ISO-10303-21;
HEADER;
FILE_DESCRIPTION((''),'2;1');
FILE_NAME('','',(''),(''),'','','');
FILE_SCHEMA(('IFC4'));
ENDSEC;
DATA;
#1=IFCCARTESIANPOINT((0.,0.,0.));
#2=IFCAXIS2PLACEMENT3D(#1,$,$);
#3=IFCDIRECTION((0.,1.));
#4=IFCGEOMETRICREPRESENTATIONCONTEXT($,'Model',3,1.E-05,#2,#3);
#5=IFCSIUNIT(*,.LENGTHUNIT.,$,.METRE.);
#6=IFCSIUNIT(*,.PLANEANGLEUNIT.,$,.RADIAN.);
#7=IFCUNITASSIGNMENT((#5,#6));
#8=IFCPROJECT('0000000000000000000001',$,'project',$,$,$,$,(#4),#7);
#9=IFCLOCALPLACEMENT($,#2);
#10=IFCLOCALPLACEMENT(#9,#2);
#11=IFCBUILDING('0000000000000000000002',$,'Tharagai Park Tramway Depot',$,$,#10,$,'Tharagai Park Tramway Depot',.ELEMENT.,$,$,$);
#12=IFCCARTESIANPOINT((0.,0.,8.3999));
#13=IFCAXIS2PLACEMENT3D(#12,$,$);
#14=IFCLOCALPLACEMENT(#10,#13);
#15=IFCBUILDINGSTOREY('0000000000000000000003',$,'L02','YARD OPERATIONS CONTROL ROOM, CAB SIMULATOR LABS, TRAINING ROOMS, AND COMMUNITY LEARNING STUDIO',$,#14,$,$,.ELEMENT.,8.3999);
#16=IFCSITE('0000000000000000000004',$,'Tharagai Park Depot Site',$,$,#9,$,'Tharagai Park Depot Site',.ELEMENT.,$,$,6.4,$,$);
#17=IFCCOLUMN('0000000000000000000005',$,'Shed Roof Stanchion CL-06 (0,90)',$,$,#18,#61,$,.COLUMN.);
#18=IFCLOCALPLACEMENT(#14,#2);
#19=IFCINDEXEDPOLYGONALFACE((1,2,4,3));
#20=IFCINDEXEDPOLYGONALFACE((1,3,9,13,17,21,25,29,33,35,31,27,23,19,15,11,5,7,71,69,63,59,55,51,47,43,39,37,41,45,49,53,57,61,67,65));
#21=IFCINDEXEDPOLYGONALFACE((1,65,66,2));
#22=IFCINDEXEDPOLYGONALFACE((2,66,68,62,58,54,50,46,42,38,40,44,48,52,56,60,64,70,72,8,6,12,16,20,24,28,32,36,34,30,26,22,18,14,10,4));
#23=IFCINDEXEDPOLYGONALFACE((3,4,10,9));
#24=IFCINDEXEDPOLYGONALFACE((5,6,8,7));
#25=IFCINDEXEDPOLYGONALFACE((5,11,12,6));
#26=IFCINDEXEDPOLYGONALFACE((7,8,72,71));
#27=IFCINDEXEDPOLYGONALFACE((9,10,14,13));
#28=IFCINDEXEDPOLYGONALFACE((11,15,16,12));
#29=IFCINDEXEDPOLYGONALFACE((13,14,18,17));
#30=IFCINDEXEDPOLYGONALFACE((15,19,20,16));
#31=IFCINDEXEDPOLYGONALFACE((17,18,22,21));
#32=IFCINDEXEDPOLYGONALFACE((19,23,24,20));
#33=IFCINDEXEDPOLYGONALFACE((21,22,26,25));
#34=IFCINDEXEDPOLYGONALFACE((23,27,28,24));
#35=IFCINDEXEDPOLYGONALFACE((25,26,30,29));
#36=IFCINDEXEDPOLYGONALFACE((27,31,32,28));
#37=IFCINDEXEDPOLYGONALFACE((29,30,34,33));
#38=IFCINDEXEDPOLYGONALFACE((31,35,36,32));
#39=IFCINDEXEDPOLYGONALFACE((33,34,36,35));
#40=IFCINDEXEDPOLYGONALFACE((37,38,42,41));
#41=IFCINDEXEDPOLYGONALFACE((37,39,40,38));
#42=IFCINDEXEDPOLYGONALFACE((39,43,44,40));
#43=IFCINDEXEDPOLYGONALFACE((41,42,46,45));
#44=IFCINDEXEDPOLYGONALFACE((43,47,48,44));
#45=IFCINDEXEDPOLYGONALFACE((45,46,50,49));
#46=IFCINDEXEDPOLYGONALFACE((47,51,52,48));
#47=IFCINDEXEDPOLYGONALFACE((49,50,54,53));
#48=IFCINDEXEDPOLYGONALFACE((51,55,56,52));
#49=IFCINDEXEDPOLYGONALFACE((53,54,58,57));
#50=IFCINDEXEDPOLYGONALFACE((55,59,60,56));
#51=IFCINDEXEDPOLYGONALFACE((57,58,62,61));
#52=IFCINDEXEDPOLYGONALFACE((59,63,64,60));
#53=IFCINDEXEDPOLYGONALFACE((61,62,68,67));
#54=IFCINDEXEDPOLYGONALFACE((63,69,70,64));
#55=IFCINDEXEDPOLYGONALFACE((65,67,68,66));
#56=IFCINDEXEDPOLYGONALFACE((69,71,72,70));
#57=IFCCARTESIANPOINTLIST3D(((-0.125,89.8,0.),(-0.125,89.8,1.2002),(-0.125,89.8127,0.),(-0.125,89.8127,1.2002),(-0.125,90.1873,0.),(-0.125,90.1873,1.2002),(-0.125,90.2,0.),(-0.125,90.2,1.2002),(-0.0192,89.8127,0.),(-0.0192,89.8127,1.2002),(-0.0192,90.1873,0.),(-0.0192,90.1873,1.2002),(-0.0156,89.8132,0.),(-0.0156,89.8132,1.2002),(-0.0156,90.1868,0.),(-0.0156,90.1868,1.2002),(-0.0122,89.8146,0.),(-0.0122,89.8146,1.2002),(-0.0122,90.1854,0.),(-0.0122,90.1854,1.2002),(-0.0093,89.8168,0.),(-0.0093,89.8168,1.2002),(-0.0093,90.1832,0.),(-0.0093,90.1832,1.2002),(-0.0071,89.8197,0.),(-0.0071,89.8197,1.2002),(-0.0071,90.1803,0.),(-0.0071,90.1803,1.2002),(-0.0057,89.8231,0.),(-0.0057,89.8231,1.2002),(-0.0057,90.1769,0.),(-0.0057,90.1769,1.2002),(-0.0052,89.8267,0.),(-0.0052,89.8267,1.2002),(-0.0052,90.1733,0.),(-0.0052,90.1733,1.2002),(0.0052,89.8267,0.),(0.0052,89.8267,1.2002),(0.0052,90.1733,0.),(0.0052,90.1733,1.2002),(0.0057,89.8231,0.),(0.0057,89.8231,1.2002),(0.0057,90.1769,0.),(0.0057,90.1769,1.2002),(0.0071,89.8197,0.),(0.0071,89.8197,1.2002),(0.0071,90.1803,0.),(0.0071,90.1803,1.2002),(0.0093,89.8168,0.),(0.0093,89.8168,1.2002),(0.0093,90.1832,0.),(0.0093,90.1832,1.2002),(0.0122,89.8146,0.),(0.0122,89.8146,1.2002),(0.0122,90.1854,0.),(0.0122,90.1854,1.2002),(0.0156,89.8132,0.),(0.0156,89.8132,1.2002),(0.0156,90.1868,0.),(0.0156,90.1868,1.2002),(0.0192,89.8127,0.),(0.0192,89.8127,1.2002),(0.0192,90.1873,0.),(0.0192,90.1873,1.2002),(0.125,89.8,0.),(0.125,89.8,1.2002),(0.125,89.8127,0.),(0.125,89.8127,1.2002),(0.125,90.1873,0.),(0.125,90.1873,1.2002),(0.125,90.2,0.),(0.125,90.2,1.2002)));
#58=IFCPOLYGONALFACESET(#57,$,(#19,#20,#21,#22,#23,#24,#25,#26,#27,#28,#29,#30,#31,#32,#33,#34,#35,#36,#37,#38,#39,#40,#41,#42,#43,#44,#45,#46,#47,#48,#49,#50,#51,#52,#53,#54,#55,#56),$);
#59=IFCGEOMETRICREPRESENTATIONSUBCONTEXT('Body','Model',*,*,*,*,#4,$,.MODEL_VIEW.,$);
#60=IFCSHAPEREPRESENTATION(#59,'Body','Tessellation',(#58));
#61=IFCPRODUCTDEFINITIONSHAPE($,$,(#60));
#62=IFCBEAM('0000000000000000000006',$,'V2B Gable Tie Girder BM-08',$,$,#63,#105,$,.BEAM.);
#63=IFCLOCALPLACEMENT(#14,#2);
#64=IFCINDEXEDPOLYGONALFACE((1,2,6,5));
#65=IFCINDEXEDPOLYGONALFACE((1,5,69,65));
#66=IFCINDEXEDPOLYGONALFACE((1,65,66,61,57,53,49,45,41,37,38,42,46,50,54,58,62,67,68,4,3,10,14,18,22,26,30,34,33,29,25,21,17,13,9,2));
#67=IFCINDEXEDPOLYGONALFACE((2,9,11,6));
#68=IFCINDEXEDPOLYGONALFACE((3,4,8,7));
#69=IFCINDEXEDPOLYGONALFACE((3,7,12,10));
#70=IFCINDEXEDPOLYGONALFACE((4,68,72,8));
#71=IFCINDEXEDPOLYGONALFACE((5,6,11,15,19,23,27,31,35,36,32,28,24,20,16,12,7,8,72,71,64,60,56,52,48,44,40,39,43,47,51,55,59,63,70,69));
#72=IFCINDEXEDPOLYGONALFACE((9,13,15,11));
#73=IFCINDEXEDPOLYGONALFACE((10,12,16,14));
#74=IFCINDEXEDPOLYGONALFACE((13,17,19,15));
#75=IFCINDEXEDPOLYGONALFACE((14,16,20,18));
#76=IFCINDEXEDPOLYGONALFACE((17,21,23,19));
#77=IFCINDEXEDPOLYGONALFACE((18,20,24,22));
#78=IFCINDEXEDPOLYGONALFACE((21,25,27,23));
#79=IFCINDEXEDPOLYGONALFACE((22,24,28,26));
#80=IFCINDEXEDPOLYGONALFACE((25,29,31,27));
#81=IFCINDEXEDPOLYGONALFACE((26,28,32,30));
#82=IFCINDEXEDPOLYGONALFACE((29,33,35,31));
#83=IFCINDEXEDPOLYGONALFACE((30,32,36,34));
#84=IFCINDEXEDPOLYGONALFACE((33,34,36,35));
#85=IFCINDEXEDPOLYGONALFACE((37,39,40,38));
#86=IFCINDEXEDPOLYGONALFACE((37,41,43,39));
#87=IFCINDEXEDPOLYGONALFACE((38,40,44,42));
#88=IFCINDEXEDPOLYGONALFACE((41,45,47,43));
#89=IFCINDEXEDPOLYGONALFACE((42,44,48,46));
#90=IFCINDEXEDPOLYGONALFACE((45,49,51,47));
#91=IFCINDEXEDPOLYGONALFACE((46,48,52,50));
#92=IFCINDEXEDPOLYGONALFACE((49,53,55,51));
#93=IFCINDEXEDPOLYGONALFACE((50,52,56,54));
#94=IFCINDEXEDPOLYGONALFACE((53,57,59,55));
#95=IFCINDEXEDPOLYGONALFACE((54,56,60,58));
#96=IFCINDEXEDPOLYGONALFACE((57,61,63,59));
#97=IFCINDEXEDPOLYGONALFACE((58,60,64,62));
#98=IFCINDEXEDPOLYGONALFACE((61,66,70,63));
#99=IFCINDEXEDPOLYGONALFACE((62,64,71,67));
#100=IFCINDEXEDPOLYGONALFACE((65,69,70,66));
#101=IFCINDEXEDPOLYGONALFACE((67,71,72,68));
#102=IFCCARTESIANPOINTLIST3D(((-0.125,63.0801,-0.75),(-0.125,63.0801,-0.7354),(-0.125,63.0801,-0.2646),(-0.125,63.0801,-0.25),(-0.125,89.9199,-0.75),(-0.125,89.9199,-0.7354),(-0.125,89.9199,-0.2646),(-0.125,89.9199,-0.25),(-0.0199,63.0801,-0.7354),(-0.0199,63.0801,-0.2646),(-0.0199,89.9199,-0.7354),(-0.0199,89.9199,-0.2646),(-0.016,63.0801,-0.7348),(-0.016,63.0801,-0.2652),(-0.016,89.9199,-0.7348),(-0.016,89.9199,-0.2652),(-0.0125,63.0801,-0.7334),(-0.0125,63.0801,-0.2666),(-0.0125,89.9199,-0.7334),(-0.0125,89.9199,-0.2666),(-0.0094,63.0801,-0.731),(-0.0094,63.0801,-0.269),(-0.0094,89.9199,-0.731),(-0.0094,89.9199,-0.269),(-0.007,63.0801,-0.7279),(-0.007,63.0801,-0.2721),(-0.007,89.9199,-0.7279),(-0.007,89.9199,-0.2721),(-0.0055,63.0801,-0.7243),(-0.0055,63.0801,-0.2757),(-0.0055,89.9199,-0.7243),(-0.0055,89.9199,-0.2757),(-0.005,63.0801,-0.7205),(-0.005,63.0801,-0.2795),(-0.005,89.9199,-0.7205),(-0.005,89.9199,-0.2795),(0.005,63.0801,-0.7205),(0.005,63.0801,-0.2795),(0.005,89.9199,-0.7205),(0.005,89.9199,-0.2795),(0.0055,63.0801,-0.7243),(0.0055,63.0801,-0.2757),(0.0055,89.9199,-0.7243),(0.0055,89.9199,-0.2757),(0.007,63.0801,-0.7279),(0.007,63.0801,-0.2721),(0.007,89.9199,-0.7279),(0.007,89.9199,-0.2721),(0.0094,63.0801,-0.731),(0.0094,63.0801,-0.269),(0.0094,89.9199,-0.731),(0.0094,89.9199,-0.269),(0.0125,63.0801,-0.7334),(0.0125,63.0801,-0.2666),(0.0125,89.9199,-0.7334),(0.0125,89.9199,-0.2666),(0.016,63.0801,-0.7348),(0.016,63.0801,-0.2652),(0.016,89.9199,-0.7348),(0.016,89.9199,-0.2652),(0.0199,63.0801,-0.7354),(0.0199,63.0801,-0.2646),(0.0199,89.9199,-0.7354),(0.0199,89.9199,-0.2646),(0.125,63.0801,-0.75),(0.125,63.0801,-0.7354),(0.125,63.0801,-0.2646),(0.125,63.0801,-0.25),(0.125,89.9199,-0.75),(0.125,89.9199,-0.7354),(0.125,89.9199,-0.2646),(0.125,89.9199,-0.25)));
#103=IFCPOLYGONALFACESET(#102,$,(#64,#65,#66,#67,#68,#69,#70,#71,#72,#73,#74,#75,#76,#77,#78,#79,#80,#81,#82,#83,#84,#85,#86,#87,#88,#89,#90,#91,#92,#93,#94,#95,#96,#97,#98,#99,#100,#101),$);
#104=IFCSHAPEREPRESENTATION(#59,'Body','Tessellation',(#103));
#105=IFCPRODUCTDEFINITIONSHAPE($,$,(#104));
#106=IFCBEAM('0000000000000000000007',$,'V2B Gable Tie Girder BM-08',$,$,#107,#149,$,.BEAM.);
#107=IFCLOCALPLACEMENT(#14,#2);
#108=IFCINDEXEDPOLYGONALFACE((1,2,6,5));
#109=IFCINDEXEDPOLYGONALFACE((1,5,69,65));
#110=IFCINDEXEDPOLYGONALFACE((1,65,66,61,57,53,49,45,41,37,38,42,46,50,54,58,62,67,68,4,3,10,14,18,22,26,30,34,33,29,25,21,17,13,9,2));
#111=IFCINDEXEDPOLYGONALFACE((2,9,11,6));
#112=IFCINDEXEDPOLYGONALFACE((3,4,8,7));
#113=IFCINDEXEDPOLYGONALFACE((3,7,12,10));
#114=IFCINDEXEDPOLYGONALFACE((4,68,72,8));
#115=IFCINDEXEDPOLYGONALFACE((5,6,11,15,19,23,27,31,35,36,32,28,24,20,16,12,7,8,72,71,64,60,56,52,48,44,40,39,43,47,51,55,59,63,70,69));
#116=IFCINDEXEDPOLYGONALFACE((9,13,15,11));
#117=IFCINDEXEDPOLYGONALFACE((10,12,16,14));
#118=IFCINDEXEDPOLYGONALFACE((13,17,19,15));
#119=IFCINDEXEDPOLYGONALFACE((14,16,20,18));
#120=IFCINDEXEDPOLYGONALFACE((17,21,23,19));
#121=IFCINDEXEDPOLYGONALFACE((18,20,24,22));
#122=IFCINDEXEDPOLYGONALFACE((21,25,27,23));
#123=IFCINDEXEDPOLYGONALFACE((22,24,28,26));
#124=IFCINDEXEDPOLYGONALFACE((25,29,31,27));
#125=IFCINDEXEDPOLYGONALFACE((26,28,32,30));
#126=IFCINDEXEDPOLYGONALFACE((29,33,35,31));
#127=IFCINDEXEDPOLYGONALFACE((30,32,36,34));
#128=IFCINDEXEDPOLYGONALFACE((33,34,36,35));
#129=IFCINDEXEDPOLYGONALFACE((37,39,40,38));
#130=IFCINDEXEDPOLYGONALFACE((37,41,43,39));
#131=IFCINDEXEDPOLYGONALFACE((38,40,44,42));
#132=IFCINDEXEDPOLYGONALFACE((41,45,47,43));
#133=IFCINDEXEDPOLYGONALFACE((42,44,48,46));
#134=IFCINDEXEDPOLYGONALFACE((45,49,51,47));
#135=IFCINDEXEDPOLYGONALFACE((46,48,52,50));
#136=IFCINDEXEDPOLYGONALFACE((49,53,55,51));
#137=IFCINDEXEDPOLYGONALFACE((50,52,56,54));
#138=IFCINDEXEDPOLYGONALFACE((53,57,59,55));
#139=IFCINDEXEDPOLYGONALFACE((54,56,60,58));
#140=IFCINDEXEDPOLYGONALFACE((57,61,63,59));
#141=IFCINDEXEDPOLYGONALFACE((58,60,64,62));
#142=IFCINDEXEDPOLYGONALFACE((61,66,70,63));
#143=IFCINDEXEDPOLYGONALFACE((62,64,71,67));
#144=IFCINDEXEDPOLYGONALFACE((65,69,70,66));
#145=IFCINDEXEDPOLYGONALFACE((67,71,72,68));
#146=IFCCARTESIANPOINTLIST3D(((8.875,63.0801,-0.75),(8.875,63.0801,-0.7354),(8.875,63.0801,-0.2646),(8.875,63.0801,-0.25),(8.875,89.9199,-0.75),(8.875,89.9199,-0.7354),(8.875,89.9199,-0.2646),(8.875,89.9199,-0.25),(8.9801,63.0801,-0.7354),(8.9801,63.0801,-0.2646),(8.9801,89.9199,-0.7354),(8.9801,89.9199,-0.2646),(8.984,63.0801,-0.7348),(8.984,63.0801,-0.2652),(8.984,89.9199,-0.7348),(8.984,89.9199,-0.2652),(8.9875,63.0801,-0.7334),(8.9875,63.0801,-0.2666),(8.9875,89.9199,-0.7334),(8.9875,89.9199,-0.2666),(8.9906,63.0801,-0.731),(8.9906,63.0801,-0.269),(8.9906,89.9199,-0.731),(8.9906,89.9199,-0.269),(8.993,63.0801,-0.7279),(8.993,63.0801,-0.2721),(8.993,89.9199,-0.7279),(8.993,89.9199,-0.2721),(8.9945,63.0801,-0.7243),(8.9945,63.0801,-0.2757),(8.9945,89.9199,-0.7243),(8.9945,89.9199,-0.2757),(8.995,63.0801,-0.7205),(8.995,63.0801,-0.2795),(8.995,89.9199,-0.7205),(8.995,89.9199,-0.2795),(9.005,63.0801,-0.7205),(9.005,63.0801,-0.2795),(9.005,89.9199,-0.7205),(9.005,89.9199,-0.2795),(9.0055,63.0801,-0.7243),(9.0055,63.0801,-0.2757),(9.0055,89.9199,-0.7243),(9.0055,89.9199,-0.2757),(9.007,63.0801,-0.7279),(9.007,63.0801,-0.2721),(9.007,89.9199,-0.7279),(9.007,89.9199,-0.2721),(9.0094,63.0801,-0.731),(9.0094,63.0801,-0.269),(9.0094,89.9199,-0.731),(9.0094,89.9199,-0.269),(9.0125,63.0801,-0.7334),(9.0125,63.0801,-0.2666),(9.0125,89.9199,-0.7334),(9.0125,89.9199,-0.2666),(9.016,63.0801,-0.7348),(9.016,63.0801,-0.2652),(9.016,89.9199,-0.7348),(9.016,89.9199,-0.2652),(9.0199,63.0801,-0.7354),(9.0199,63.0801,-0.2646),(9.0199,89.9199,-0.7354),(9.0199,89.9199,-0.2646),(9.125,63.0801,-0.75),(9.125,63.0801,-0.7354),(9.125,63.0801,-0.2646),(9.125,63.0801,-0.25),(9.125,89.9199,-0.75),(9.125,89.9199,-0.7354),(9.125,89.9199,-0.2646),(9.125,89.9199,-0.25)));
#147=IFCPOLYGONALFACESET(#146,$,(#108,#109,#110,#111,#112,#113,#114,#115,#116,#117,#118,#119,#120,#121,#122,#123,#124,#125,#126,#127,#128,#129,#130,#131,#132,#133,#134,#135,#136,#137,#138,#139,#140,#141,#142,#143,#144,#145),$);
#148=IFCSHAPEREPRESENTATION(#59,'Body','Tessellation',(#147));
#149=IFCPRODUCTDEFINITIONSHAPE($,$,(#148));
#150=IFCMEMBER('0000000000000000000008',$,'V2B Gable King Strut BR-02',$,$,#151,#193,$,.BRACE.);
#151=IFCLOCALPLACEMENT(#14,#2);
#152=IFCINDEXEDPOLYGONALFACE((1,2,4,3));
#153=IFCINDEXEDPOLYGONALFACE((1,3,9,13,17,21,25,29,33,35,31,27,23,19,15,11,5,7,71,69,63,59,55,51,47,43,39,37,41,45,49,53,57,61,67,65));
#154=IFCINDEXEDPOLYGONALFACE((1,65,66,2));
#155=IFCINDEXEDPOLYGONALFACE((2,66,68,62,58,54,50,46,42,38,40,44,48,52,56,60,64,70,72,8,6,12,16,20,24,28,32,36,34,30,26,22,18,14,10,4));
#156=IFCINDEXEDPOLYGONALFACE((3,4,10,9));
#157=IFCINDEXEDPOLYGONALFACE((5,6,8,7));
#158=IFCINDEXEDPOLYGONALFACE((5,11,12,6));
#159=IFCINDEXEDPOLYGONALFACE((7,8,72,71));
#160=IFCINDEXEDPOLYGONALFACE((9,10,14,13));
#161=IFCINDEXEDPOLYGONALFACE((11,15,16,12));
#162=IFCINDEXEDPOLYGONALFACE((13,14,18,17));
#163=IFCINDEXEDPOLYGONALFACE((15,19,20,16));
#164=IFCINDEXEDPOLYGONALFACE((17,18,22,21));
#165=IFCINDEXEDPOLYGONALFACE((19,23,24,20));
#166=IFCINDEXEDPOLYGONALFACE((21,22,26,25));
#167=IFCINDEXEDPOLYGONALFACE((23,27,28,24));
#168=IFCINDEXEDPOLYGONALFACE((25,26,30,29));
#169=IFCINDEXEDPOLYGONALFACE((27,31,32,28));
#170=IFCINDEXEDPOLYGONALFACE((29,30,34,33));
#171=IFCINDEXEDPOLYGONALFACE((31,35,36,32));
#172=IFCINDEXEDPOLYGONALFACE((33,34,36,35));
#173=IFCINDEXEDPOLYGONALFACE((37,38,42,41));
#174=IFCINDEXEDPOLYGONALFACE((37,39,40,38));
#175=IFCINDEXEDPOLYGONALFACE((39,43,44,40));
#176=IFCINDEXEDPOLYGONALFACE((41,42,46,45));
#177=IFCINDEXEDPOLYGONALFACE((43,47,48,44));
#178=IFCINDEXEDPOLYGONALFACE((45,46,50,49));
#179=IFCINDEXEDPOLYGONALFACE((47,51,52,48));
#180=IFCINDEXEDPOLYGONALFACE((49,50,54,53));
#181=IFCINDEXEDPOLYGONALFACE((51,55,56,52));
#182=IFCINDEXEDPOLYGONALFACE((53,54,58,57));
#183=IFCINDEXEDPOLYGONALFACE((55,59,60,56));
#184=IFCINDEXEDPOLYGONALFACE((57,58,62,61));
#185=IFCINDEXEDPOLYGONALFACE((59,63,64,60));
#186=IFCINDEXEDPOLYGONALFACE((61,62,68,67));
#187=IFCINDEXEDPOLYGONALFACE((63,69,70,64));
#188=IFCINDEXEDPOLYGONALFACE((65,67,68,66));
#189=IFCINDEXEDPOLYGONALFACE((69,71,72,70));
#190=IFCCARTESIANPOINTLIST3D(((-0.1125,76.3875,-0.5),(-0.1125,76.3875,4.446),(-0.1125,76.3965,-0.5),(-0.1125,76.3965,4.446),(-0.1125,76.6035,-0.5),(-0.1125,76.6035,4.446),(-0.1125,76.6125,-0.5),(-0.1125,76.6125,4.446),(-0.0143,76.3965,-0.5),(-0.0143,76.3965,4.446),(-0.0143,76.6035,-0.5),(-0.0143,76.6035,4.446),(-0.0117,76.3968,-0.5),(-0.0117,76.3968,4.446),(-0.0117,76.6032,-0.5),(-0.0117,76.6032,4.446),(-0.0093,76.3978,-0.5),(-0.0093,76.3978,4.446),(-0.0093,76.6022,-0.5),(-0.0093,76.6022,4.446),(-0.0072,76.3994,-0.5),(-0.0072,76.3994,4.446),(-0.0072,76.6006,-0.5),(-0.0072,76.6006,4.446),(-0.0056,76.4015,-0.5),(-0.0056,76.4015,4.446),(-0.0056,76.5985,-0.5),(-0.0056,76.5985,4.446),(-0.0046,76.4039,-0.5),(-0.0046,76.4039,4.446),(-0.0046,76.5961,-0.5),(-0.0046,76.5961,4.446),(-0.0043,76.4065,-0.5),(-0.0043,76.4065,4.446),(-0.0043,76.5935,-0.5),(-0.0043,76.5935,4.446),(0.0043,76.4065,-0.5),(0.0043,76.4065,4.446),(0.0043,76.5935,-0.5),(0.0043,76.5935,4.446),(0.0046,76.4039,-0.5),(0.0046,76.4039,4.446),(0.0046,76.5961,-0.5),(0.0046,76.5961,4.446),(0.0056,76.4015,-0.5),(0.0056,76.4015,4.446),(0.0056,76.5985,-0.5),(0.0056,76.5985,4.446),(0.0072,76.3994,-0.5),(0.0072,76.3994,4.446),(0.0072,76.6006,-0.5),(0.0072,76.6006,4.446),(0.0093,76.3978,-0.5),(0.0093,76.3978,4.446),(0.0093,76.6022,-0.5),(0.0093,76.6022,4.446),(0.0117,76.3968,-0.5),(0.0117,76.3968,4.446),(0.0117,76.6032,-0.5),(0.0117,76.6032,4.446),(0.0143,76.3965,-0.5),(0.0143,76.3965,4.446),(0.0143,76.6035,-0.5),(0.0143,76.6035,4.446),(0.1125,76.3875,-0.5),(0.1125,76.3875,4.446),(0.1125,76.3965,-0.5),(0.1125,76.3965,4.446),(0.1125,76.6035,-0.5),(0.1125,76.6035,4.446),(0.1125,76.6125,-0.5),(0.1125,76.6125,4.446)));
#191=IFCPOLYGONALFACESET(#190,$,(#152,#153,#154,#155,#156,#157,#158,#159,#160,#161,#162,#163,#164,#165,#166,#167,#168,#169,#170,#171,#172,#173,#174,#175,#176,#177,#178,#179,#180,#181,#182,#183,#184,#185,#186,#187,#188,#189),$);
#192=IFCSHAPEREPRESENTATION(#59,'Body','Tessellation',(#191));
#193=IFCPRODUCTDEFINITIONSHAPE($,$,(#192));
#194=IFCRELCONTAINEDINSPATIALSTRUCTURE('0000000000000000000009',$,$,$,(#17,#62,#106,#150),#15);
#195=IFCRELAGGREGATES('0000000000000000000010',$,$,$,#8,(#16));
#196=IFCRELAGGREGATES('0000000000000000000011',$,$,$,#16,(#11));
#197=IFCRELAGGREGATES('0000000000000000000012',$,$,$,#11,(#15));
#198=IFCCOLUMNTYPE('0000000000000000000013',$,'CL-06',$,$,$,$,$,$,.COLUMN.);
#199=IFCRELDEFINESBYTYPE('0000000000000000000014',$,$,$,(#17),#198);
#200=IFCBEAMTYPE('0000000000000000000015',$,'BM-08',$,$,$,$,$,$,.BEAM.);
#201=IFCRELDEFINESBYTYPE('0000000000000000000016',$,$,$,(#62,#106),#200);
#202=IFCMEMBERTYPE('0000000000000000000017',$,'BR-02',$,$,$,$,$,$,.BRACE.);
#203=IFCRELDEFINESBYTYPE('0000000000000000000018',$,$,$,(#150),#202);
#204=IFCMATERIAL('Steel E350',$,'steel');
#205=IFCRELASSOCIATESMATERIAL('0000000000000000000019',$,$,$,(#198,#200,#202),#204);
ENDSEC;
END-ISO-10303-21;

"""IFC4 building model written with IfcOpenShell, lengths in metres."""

from ifc_helpers import new_model, si_unit, direction, frame, origin, origin_2d, place, context, subcontext, project, spatial, i_section, extrude, material, material_profile, profile_set, type_object, element, save


model = new_model("IFC4")

# Units and contexts
model_context = context("Model", 3, precision=1e-05, world=origin(), true_north=direction((0.0, 1.0)))
body_context = subcontext(model_context, "Body", "Model", "MODEL_VIEW")
ifc_project = project(units=[si_unit("LENGTHUNIT", "METRE"), si_unit("PLANEANGLEUNIT", "RADIAN")], contexts=[model_context])

# Site, building, storey
site_placement = place(None, origin())
site = spatial("IfcSite", under=ifc_project, at=site_placement, Name="Tharagai Park Depot Site", LongName="Tharagai Park Depot Site", CompositionType="ELEMENT", RefElevation=6.4)
building_placement = place(site_placement, origin())
building = spatial("IfcBuilding", under=site, at=building_placement, Name="Tharagai Park Tramway Depot", LongName="Tharagai Park Tramway Depot", CompositionType="ELEMENT")
storey_placement = place(building_placement, frame((0.0, 0.0, 8.3999)))
storey = spatial("IfcBuildingStorey", under=building, at=storey_placement, Name="L02", Description="YARD OPERATIONS CONTROL ROOM, CAB SIMULATOR LABS, TRAINING ROOMS, AND COMMUNITY LEARNING STUDIO", CompositionType="ELEMENT", Elevation=8.3999)

# Column
ifc_material_1 = material(Name="Steel E350", Category="steel")
ifc_material_profile_1 = material_profile(ifc_material_1, i_section(OverallWidth=0.25, OverallDepth=0.3999, WebThickness=0.0105, FlangeThickness=0.0127, FilletRadius=0.0139, at=origin_2d()), Name="ISHB 400")
ifc_profile_set_1 = profile_set([ifc_material_profile_1], Name="Steel E350")
column_type = type_object("IfcColumnType", Name="CL-06", PredefinedType="COLUMN", material=ifc_profile_set_1)
column_placement = place(storey_placement, frame((0.0, 90.0, 0.0), z_axis=(0.0, 0.0, 1.0), x_axis=(1.0, 0.0, 0.0)))
element("IfcColumn", 1, at=column_placement, inside=storey, type_object=column_type, Name="Shed Roof Stanchion CL-06 (0,90)", PredefinedType="COLUMN", context=body_context, shape_type="SweptSolid", body=[
    extrude(i_section(OverallWidth=0.25, OverallDepth=0.3999, WebThickness=0.0105, FlangeThickness=0.0127, FilletRadius=0.0139, at=origin_2d()), origin(), (0.0, 0.0, 1.0), 1.2002),
])

# Beams
ifc_material_profile_2 = material_profile(ifc_material_1, i_section(OverallWidth=0.25, OverallDepth=0.5, WebThickness=0.01, FlangeThickness=0.0146, FilletRadius=0.0149, at=origin_2d()), Name="ISWB 500")
ifc_profile_set_2 = profile_set([ifc_material_profile_2], Name="Steel E350")
beam_type = type_object("IfcBeamType", Name="BM-08", PredefinedType="BEAM", material=ifc_profile_set_2)
for number, where, z_axis, x_axis, name in (
    (2, (0.0, 63.0801, -0.5), (0.0, 1.0, 0.0), (-1.0, 0.0, 0.0), "V2B Gable Tie Girder BM-08"),
    (3, (9.0, 63.0801, -0.5), (0.0, 1.0, 0.0), (-1.0, 0.0, 0.0), "V2B Gable Tie Girder BM-08"),
):
    element("IfcBeam", number, at=place(storey_placement, frame(where, z_axis=z_axis, x_axis=x_axis)), inside=storey, type_object=beam_type, Name=name, PredefinedType="BEAM", context=body_context, shape_type="SweptSolid", body=[
        extrude(i_section(OverallWidth=0.25, OverallDepth=0.5, WebThickness=0.01, FlangeThickness=0.0146, FilletRadius=0.0149, at=origin_2d()), origin(), (0.0, 0.0, 1.0), 26.8398),
    ])

# Member
ifc_material_profile_3 = material_profile(ifc_material_1, i_section(OverallWidth=0.2251, OverallDepth=0.2251, WebThickness=0.0085, FlangeThickness=0.009, FilletRadius=0.01, at=origin_2d()), Name="ISHB 225")
ifc_profile_set_3 = profile_set([ifc_material_profile_3], Name="Steel E350")
member_type_1 = type_object("IfcMemberType", Name="BR-02", PredefinedType="BRACE", material=ifc_profile_set_3)
for number, where, z_axis, x_axis, name in (
    (4, (0.0, 76.5, -0.5), (0.0, 0.0, 1.0), (1.0, 0.0, 0.0), "V2B Gable King Strut BR-02"),
):
    element("IfcMember", number, at=place(storey_placement, frame(where, z_axis=z_axis, x_axis=x_axis)), inside=storey, type_object=member_type_1, Name=name, PredefinedType="BRACE", context=body_context, shape_type="SweptSolid", body=[
        extrude(i_section(OverallWidth=0.2251, OverallDepth=0.2251, WebThickness=0.0085, FlangeThickness=0.009, FilletRadius=0.01, at=origin_2d()), origin(), (0.0, 0.0, 1.0), 4.946),
    ])

save(model, "model.ifc")
